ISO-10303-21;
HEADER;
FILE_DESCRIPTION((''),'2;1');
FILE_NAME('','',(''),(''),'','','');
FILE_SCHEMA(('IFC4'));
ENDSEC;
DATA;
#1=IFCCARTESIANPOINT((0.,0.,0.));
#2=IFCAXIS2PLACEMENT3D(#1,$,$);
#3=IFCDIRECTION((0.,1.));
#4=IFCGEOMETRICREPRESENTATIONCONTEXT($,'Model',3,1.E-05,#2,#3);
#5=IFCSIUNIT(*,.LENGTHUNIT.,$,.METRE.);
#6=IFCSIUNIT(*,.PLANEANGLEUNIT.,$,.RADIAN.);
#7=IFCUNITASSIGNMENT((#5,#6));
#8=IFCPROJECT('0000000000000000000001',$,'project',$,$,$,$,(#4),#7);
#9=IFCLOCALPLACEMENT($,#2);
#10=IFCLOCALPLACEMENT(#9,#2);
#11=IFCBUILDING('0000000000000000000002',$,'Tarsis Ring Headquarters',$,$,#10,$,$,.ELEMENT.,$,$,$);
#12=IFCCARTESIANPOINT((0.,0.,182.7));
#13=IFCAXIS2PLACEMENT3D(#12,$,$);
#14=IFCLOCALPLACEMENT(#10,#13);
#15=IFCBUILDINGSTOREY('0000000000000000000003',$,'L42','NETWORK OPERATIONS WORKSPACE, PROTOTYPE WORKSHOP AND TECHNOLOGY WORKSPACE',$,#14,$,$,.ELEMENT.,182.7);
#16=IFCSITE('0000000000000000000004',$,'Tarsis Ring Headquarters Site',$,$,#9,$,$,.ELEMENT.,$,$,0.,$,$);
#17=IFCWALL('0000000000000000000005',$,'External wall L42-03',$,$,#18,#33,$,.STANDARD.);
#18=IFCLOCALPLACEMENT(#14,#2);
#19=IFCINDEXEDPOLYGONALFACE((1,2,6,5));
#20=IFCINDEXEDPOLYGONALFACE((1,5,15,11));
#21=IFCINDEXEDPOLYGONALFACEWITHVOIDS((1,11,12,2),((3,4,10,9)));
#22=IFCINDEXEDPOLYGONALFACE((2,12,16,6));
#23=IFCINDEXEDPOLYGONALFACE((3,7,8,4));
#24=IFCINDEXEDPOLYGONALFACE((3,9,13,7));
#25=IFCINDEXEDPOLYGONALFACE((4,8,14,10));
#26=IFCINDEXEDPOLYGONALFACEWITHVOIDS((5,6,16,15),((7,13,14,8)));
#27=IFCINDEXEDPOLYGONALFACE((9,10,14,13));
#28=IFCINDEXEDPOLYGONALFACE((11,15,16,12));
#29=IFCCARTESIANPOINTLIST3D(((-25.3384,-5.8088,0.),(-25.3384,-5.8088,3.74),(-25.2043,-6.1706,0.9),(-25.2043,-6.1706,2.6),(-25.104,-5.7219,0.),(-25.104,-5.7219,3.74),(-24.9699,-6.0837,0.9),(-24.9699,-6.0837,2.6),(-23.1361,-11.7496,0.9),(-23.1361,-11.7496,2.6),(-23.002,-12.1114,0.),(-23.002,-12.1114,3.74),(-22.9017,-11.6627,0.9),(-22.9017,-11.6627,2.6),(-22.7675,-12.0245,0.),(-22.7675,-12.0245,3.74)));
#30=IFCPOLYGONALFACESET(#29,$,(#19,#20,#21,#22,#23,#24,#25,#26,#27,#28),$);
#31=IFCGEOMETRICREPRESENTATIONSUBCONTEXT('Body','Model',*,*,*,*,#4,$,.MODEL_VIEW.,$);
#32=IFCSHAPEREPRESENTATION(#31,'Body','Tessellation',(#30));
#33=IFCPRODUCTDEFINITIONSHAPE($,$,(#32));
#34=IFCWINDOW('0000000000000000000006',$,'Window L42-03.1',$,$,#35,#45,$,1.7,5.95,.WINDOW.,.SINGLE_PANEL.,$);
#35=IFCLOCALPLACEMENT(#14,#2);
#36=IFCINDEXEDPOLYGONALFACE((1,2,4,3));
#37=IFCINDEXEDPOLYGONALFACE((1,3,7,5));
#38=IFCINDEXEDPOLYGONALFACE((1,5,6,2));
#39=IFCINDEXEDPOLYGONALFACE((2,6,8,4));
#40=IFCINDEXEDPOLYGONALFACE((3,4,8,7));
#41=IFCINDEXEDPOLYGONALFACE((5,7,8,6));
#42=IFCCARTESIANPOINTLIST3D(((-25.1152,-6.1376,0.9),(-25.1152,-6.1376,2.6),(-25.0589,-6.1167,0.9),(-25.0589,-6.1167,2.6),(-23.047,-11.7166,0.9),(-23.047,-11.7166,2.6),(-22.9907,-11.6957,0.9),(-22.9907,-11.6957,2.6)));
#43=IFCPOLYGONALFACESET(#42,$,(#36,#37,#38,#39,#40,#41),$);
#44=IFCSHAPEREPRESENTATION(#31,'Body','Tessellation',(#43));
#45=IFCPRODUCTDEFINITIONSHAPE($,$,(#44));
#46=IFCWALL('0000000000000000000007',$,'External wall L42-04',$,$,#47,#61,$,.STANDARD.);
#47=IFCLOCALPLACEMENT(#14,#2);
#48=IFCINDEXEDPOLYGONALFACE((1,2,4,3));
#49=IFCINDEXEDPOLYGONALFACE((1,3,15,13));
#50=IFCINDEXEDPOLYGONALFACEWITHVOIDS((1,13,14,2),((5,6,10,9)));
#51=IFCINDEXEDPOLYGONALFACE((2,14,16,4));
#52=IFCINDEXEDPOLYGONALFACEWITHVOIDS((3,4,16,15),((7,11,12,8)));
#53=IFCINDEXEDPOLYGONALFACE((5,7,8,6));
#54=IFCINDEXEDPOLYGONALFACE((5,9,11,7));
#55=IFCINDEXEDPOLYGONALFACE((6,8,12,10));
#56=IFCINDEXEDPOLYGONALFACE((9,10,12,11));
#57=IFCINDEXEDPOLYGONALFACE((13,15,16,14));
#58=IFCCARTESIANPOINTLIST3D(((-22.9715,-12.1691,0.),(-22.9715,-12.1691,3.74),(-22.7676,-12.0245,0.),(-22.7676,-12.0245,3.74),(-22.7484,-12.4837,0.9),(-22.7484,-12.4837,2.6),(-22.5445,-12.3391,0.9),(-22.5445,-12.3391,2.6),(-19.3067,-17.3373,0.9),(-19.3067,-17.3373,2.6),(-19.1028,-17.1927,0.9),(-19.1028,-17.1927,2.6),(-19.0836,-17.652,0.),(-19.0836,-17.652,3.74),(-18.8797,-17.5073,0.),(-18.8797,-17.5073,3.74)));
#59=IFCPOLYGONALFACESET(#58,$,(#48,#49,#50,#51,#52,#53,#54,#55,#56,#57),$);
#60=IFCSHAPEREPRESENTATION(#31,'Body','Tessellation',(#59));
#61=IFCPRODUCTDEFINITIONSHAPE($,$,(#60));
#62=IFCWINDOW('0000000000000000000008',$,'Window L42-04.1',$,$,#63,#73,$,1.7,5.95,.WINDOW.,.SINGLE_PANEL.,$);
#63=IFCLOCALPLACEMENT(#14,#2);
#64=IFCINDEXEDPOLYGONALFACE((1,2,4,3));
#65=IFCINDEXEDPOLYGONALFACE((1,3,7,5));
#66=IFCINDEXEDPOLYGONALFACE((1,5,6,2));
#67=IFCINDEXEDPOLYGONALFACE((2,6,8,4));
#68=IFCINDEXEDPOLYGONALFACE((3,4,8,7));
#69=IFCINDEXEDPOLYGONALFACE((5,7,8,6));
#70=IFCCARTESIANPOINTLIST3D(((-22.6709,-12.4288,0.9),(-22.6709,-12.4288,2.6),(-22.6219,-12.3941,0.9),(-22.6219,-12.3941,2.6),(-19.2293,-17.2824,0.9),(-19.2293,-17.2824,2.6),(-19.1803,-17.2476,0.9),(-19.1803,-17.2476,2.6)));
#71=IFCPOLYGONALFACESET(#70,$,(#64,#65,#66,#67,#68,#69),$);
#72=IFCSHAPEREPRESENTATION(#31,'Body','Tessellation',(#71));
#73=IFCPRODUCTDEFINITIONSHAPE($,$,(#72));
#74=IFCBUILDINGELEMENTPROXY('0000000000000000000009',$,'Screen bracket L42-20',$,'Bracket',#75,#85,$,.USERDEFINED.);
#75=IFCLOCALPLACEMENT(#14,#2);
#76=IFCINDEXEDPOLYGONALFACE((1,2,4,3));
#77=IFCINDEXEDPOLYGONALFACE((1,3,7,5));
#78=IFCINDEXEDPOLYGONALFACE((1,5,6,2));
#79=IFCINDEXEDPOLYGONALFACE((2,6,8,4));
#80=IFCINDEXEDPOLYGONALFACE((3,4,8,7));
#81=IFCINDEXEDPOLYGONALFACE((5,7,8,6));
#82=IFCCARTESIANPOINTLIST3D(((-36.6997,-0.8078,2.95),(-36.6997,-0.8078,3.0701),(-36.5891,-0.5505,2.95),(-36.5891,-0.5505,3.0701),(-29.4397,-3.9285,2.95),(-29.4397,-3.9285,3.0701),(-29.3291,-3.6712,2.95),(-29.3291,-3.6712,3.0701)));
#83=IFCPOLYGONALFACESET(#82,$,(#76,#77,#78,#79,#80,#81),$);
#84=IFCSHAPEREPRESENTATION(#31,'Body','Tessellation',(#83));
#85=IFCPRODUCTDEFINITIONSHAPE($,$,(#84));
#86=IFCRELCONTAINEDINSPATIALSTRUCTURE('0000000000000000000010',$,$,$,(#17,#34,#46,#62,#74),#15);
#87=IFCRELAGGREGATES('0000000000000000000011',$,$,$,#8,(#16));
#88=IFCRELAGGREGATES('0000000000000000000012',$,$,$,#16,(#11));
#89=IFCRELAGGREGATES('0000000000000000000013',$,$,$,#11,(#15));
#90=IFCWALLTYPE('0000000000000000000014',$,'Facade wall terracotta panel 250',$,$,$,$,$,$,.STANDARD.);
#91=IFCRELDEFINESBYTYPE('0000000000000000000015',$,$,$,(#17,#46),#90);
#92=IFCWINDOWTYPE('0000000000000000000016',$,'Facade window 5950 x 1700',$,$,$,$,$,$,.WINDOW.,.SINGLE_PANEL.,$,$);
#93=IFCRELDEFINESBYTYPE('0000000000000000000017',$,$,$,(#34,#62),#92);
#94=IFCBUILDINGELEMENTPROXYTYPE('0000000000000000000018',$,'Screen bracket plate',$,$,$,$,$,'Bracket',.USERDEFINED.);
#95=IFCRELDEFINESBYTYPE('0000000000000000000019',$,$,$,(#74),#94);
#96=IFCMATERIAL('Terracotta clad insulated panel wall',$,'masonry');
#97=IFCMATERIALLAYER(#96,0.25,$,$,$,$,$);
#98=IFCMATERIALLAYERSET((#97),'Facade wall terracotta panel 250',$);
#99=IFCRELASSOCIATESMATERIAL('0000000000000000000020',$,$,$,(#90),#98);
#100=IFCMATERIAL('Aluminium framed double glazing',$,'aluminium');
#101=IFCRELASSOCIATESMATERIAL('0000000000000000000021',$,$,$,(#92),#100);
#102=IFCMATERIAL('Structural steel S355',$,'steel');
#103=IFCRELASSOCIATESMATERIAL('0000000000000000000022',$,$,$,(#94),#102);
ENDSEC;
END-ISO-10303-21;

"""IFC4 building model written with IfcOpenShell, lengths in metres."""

from ifc_helpers import new_model, si_unit, direction, frame, frame_2d, origin, origin_2d, place, context, subcontext, project, spatial, rectangle, extrude, material, layer, layer_set, type_object, element, fill, save


model = new_model("IFC4")

# Units and contexts
model_context = context("Model", 3, precision=1e-05, world=origin(), true_north=direction((0.0, 1.0)))
body_context = subcontext(model_context, "Body", "Model", "MODEL_VIEW")
ifc_project = project(units=[si_unit("LENGTHUNIT", "METRE"), si_unit("PLANEANGLEUNIT", "RADIAN")], contexts=[model_context])

# Site, building, storey
site_placement = place(None, origin())
site = spatial("IfcSite", under=ifc_project, at=site_placement, Name="Tarsis Ring Headquarters Site", CompositionType="ELEMENT", RefElevation=0.0)
building_placement = place(site_placement, origin())
building = spatial("IfcBuilding", under=site, at=building_placement, Name="Tarsis Ring Headquarters", CompositionType="ELEMENT")
storey_placement = place(building_placement, frame((0.0, 0.0, 182.7)))
storey = spatial("IfcBuildingStorey", under=building, at=storey_placement, Name="L42", Description="NETWORK OPERATIONS WORKSPACE, PROTOTYPE WORKSHOP AND TECHNOLOGY WORKSPACE", CompositionType="ELEMENT", Elevation=182.7)

# Shared definitions
ifc_material_1 = material(Name="Structural steel S355", Category="steel")

# Walls, openings, windows
ifc_material_2 = material(Name="Terracotta clad insulated panel wall", Category="masonry")
ifc_layer_1 = layer(ifc_material_2, 0.25)
ifc_layer_set_1 = layer_set([ifc_layer_1], Name="Facade wall terracotta panel 250")
wall_type_1 = type_object("IfcWallType", Name="Facade wall terracotta panel 250", PredefinedType="STANDARD", material=ifc_layer_set_1)
ifc_material_3 = material(Name="Aluminium framed double glazing", Category="aluminium")
wall_1_placement = place(storey_placement, frame((-25.2212, -5.7654, 0.0), z_axis=(0.0, 0.0, 1.0), x_axis=(0.347598, -0.937644, 0.0)))
wall_1 = element("IfcWall", 1, at=wall_1_placement, inside=storey, type_object=wall_type_1, Name="External wall L42-03", PredefinedType="STANDARD", context=body_context, shape_type="SweptSolid", body=[
    extrude(rectangle(XDim=6.7217, YDim=0.25, at=frame_2d((3.3608, 0.0))), origin(), (0.0, 0.0, 1.0), 3.74),
])
opening_1_placement = place(wall_1_placement, frame((0.3857, 0.0, 0.8999)))
opening_1 = element("IfcOpeningElement", 2, at=opening_1_placement, cuts=wall_1, PredefinedType="OPENING", context=body_context, shape_type="SweptSolid", body=[
    extrude(rectangle(XDim=5.95, YDim=1.7, at=frame_2d((2.9751, 0.8501))), frame((0.0, 0.135, 0.0), z_axis=(0.0, -1.0, 0.0), x_axis=(1.0, 0.0, 0.0)), (0.0, 0.0, 1.0), 0.27),
])
window_type_1 = type_object("IfcWindowType", Name="Facade window 5950 x 1700", PartitioningType="SINGLE_PANEL", PredefinedType="WINDOW", material=ifc_material_3)
window_1_placement = place(opening_1_placement, origin())
window_1 = element("IfcWindow", 3, at=window_1_placement, inside=storey, type_object=window_type_1, Name="Window L42-03.1", OverallHeight=1.7, OverallWidth=5.95, PartitioningType="SINGLE_PANEL", PredefinedType="WINDOW", context=body_context, shape_type="SweptSolid", body=[
    extrude(rectangle(XDim=5.95, YDim=1.7, at=frame_2d((2.9751, 0.8501))), frame((0.0, 0.03, 0.0), z_axis=(0.0, -1.0, 0.0), x_axis=(1.0, 0.0, 0.0)), (0.0, 0.0, 1.0), 0.0601),
])
fill(opening_1, window_1)
wall_2_placement = place(storey_placement, frame((-22.8696, -12.0967, 0.0), z_axis=(0.0, 0.0, 1.0), x_axis=(0.578434, -0.815729, 0.0)))
wall_2 = element("IfcWall", 4, at=wall_2_placement, inside=storey, type_object=wall_type_1, Name="External wall L42-04", PredefinedType="STANDARD", context=body_context, shape_type="SweptSolid", body=[
    extrude(rectangle(XDim=6.7214, YDim=0.25, at=frame_2d((3.3608, 0.0))), origin(), (0.0, 0.0, 1.0), 3.74),
])
opening_2_placement = place(wall_2_placement, frame((0.3857, 0.0, 0.8999)))
opening_2 = element("IfcOpeningElement", 5, at=opening_2_placement, cuts=wall_2, PredefinedType="OPENING", context=body_context, shape_type="SweptSolid", body=[
    extrude(rectangle(XDim=5.95, YDim=1.7, at=frame_2d((2.9751, 0.8501))), frame((0.0, 0.135, 0.0), z_axis=(0.0, -1.0, 0.0), x_axis=(1.0, 0.0, 0.0)), (0.0, 0.0, 1.0), 0.27),
])
window_2_placement = place(opening_2_placement, origin())
window_2 = element("IfcWindow", 6, at=window_2_placement, inside=storey, type_object=window_type_1, Name="Window L42-04.1", OverallHeight=1.7, OverallWidth=5.95, PartitioningType="SINGLE_PANEL", PredefinedType="WINDOW", context=body_context, shape_type="SweptSolid", body=[
    extrude(rectangle(XDim=5.95, YDim=1.7, at=frame_2d((2.9751, 0.8501))), frame((0.0, 0.03, 0.0), z_axis=(0.0, -1.0, 0.0), x_axis=(1.0, 0.0, 0.0)), (0.0, 0.0, 1.0), 0.0601),
])
fill(opening_2, window_2)

# Building element proxy
building_element_proxy_type = type_object("IfcBuildingElementProxyType", Name="Screen bracket plate", ElementType="Bracket", PredefinedType="USERDEFINED", material=ifc_material_1)
proxy_placement = place(storey_placement, frame((-33.0144, -2.2395, 2.95), z_axis=(0.0, 0.0, 1.0), x_axis=(0.918722, -0.394904, 0.0)))
element("IfcBuildingElementProxy", 7, at=proxy_placement, inside=storey, type_object=building_element_proxy_type, Name="Screen bracket L42-20", ObjectType="Bracket", PredefinedType="USERDEFINED", context=body_context, shape_type="SweptSolid", body=[
    extrude(rectangle(XDim=7.9023, YDim=0.28, at=origin_2d()), origin(), (0.0, 0.0, 1.0), 0.1201),
])

save(model, "model.ifc")
